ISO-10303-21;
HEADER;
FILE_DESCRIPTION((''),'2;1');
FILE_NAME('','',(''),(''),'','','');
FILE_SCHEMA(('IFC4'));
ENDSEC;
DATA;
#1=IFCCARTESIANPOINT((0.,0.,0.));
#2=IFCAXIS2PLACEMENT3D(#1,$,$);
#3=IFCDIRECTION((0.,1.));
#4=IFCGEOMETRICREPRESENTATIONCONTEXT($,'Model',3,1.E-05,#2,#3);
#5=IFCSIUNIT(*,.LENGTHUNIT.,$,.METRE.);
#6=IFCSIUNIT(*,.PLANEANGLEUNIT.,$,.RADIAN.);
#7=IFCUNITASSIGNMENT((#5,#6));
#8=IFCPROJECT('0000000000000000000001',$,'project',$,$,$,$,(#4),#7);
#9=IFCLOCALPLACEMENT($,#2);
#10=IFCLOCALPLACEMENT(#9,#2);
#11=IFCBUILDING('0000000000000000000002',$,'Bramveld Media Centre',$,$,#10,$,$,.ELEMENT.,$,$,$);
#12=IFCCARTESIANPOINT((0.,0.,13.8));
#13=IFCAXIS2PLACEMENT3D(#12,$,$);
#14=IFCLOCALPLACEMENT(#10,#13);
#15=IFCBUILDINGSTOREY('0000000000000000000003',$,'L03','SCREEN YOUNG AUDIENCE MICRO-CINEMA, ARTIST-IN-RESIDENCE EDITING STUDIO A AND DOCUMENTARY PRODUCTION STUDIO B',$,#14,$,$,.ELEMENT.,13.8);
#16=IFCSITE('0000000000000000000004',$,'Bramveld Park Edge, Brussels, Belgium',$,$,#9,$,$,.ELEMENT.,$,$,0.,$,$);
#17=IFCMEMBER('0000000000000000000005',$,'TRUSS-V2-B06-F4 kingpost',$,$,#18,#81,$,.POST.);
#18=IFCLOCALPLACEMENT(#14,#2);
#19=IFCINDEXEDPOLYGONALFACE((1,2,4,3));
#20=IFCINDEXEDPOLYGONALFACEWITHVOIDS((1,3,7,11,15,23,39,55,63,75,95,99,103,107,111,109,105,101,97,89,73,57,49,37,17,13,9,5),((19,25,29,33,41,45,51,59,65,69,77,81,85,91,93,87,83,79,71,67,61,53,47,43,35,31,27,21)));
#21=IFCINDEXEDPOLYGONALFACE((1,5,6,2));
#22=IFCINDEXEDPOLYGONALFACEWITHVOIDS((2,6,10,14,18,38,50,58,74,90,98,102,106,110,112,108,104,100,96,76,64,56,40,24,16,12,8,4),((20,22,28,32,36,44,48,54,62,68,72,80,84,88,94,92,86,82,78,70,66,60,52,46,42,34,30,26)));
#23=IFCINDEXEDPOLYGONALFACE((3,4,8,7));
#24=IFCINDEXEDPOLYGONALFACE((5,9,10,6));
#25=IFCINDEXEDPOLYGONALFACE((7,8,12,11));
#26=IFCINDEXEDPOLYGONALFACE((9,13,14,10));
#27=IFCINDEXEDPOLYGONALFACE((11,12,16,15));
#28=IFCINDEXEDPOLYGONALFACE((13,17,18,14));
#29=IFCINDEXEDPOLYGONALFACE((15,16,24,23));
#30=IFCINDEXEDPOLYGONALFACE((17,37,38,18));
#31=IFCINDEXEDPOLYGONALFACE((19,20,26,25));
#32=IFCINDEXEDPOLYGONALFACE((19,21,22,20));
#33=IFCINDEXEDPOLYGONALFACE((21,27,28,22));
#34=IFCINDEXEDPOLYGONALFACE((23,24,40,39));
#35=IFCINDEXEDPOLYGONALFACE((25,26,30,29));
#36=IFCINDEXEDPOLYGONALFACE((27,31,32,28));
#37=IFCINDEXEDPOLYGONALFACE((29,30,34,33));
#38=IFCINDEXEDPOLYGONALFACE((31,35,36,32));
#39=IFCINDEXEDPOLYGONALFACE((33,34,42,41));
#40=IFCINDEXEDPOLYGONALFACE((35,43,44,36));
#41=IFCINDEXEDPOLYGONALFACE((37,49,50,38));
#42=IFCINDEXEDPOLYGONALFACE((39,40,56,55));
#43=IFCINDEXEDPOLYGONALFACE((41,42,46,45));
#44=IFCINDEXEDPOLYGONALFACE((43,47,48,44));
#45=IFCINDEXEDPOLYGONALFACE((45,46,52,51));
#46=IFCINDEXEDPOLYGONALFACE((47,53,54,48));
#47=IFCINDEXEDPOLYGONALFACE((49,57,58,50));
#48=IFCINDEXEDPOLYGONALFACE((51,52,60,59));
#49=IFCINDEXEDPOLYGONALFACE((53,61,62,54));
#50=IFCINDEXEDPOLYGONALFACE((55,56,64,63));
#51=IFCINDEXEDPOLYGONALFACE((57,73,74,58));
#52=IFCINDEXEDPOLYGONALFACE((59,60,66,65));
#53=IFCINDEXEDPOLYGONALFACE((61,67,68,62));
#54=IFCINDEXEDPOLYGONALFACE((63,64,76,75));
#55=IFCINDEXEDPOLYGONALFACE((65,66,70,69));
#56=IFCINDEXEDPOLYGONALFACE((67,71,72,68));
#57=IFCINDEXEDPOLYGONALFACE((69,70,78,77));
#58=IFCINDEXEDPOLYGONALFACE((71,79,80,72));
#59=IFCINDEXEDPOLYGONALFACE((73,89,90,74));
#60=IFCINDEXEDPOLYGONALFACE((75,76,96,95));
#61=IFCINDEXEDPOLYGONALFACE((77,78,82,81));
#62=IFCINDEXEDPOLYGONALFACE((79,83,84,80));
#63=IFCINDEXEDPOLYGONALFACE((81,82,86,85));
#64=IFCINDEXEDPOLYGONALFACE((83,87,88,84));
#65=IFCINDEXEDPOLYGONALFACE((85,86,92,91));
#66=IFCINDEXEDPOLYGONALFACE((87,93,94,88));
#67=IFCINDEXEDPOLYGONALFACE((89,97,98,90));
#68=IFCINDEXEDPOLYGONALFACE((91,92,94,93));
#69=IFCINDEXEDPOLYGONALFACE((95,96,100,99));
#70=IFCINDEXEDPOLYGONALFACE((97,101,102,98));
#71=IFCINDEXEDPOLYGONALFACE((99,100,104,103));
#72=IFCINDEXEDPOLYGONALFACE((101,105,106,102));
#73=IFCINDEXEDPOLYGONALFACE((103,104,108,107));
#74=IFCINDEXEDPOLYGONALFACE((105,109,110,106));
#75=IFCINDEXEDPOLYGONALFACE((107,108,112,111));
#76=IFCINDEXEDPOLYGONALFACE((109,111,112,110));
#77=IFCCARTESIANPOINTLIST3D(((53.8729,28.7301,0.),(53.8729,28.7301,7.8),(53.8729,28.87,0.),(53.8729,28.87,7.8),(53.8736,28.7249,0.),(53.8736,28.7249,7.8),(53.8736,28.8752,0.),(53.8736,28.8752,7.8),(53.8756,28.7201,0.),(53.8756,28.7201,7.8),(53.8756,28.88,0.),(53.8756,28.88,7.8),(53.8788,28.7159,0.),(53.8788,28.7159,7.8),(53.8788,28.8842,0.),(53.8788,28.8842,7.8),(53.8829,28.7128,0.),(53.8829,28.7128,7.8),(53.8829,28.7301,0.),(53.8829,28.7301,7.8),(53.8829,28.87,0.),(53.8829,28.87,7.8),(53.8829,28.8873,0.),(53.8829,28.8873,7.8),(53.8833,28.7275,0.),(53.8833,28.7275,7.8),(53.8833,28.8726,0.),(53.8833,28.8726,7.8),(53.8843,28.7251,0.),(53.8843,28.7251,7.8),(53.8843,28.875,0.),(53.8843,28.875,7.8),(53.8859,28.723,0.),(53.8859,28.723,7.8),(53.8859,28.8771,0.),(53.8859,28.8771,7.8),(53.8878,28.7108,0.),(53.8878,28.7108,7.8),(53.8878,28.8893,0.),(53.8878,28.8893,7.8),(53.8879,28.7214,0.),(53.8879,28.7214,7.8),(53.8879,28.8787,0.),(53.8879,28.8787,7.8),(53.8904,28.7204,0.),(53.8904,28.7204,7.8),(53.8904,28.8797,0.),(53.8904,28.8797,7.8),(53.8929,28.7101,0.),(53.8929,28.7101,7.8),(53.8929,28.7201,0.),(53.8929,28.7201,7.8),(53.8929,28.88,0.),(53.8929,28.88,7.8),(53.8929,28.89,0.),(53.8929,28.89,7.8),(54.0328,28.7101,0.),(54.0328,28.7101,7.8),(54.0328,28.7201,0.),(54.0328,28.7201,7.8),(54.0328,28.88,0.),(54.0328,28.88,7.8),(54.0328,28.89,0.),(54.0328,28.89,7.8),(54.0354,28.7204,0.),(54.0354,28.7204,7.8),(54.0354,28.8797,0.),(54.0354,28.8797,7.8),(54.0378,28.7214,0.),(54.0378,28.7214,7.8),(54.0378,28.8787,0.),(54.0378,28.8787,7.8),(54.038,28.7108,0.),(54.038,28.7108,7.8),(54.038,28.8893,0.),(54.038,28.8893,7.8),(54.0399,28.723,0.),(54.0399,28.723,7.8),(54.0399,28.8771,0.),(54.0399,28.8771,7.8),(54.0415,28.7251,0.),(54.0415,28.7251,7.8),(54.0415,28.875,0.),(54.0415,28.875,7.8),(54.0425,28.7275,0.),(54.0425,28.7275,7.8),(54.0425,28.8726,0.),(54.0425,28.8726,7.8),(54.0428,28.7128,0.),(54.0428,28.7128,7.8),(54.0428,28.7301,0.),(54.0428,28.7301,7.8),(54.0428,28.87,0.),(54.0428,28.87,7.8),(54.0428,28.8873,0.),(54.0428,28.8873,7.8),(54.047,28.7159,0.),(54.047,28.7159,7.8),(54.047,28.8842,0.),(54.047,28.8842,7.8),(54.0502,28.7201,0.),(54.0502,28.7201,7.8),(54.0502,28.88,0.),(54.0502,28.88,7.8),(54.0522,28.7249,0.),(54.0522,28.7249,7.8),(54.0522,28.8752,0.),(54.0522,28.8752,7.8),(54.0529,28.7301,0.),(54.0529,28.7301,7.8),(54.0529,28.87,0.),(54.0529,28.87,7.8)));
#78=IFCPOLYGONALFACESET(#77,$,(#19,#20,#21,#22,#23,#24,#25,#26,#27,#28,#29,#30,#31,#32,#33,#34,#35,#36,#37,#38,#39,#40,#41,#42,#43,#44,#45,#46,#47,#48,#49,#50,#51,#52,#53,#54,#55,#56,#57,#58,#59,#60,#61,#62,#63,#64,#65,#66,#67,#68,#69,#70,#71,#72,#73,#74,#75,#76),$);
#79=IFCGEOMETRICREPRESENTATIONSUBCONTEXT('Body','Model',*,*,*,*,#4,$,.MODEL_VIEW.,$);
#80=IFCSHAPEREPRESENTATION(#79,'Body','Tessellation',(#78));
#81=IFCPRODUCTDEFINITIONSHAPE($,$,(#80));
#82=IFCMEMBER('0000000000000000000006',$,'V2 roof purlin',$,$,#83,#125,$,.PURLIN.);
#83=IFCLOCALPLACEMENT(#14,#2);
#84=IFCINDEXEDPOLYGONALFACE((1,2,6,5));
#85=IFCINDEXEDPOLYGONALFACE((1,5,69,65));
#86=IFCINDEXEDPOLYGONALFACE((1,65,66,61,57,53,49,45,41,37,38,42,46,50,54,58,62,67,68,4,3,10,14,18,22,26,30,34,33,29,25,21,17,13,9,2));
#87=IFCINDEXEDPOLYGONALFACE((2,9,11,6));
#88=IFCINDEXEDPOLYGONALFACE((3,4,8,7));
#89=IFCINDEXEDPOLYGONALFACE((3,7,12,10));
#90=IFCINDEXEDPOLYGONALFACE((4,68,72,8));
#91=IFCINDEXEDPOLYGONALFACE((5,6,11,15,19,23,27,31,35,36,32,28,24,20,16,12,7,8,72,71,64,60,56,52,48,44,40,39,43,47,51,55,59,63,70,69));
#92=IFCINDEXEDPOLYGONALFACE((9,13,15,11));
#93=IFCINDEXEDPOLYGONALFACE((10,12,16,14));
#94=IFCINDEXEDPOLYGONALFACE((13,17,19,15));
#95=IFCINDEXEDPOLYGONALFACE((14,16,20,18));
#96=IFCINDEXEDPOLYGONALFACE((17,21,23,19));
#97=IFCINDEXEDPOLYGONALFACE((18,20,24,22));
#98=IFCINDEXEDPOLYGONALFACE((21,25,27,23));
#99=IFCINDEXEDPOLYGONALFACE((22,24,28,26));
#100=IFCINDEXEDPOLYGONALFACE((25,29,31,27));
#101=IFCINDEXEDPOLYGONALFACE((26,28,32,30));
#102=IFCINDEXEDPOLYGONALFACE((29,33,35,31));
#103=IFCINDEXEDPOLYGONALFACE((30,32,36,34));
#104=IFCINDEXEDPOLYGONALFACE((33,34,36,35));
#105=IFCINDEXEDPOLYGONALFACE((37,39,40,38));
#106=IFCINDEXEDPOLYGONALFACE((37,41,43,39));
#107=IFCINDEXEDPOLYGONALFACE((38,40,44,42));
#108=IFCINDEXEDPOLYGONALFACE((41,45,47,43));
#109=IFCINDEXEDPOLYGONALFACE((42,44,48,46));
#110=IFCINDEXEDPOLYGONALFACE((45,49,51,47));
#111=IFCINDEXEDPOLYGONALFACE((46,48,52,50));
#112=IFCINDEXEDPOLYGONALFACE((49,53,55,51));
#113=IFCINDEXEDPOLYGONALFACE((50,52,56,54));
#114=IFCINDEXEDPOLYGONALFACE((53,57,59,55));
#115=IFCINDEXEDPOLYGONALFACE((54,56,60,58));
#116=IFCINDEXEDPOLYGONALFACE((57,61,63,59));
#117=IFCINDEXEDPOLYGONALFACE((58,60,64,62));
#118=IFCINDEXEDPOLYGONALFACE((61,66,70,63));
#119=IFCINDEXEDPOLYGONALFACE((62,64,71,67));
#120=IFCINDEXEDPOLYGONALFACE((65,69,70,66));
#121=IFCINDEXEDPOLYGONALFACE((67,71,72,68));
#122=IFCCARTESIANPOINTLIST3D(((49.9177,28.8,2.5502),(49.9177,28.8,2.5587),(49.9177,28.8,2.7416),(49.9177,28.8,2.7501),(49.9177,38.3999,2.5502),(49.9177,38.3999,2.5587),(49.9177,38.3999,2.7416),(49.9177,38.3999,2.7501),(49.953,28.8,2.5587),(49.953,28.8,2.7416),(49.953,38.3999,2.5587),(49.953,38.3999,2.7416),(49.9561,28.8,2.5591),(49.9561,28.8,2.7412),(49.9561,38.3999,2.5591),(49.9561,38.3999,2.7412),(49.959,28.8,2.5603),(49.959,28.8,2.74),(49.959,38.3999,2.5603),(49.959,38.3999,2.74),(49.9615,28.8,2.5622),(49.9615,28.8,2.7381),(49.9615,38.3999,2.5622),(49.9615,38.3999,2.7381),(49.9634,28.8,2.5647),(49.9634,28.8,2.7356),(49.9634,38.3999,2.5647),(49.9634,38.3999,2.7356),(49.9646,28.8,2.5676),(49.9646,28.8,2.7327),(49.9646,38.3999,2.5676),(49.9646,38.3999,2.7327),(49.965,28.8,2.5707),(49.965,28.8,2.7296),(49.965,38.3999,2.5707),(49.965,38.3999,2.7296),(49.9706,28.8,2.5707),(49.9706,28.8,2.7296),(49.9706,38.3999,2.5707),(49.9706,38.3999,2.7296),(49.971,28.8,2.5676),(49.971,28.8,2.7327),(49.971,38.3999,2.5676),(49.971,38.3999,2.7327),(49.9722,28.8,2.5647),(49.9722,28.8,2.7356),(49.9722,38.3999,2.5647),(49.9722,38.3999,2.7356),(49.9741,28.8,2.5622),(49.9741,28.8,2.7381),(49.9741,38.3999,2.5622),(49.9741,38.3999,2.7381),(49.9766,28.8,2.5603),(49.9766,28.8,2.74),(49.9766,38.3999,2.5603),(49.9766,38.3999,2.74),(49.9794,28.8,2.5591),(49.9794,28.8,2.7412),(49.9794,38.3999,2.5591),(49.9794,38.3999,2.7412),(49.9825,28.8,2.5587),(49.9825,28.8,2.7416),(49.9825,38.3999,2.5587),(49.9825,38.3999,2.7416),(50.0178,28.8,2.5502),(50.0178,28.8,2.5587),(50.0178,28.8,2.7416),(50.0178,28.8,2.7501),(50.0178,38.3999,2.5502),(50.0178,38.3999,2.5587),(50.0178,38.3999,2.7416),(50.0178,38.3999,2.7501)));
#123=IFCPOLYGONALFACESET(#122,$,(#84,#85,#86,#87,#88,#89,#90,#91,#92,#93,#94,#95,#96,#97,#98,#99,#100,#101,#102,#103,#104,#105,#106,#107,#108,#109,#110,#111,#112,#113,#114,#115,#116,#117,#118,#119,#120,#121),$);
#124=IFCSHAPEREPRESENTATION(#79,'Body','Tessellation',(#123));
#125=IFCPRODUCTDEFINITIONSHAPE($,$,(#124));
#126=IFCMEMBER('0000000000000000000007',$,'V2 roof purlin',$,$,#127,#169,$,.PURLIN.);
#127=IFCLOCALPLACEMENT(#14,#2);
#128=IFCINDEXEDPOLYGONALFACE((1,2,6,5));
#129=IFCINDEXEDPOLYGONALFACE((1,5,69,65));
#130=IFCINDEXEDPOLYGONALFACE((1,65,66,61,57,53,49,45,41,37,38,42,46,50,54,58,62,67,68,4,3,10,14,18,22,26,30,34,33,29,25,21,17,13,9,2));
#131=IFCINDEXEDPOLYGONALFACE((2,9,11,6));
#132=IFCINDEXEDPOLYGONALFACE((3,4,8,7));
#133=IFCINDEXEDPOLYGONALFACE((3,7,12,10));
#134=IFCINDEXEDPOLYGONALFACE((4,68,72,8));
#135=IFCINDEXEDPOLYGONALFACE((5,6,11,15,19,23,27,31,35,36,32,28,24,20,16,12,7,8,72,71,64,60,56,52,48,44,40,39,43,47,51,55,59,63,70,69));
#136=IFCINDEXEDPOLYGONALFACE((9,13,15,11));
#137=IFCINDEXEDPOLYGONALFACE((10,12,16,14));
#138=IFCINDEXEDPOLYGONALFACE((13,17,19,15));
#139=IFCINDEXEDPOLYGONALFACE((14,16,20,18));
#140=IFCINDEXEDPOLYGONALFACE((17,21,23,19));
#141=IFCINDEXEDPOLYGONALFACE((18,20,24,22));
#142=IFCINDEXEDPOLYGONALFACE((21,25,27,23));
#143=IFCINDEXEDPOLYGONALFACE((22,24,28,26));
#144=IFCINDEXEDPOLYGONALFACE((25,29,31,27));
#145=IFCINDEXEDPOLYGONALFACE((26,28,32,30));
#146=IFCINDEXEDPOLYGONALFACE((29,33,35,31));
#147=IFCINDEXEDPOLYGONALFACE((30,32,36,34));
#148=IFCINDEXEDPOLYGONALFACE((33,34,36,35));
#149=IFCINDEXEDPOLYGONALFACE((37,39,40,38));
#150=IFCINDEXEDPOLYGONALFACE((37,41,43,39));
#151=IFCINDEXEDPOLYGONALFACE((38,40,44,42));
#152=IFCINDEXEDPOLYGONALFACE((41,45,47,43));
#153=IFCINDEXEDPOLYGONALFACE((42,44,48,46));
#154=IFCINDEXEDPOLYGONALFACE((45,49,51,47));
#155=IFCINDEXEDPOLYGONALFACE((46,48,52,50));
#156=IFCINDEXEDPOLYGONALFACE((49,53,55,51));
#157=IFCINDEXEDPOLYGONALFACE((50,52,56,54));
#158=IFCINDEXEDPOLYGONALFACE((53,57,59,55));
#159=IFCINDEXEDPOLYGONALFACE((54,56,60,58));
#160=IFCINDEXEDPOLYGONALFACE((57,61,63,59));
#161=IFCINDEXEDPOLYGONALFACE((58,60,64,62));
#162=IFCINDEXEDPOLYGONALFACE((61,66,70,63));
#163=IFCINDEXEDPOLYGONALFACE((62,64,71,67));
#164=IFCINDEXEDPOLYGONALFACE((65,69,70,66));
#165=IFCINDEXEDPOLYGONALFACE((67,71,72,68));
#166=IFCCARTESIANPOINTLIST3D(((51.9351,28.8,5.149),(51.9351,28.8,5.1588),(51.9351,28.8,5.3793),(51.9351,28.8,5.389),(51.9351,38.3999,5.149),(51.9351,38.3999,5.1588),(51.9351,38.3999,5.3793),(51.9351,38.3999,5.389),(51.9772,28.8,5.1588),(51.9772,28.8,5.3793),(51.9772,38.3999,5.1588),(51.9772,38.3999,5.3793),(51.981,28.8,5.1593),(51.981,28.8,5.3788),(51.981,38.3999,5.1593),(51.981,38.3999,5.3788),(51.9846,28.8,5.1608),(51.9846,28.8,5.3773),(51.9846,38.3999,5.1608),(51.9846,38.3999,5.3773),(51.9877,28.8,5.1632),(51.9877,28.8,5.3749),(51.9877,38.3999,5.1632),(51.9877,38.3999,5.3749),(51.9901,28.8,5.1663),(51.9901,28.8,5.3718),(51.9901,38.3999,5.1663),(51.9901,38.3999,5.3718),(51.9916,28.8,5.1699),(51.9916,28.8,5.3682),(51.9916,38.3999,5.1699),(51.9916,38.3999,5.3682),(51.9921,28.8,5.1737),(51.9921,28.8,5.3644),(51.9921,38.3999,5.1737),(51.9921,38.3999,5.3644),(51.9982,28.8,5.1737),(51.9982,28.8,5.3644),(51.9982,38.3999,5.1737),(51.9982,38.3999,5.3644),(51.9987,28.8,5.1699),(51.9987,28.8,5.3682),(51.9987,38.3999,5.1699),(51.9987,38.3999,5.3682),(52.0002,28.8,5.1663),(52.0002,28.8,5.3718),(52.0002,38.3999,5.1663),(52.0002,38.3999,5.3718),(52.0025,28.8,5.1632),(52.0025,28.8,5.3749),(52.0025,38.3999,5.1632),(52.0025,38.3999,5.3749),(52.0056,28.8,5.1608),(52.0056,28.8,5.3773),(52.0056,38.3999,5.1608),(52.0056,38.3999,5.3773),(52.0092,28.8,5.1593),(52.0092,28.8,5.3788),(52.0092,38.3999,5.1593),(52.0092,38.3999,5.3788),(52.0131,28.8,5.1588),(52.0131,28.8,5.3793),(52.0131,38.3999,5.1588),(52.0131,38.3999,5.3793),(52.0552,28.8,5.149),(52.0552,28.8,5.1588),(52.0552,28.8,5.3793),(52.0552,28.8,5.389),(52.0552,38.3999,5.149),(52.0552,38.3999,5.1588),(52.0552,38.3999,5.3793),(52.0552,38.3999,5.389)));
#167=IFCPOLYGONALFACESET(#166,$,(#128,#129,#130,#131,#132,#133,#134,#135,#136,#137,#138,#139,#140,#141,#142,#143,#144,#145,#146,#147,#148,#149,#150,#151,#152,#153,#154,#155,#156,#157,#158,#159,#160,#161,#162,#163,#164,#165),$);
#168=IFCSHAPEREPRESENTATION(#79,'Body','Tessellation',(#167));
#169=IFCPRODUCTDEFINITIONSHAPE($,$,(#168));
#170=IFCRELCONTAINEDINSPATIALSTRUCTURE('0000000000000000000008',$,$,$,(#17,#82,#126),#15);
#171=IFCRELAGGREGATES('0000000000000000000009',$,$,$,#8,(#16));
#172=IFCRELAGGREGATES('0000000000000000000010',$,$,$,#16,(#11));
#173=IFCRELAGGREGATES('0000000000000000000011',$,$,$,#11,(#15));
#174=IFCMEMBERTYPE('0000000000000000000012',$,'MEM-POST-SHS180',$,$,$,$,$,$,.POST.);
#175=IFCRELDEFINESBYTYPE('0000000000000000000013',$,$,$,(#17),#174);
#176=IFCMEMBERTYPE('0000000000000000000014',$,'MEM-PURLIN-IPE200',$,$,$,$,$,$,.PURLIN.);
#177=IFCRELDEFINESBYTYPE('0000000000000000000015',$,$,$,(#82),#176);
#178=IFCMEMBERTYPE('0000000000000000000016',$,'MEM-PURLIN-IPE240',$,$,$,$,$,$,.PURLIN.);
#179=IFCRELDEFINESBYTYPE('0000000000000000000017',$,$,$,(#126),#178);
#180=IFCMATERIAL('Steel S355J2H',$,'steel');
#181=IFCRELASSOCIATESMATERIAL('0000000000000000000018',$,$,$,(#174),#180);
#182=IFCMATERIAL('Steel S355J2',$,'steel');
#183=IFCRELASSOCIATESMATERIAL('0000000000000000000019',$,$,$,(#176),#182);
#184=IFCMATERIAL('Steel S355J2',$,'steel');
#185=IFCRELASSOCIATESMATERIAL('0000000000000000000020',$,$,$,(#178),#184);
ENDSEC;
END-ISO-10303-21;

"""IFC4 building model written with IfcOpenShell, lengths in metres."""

from ifc_helpers import new_model, si_unit, direction, frame, origin, origin_2d, place, context, subcontext, project, spatial, hollow_rectangle, i_section, extrude, material, material_profile, profile_set, type_object, element, save


model = new_model("IFC4")

# Units and contexts
model_context = context("Model", 3, precision=1e-05, world=origin(), true_north=direction((0.0, 1.0)))
body_context = subcontext(model_context, "Body", "Model", "MODEL_VIEW")
ifc_project = project(units=[si_unit("LENGTHUNIT", "METRE"), si_unit("PLANEANGLEUNIT", "RADIAN")], contexts=[model_context])

# Site, building, storey
site_placement = place(None, origin())
site = spatial("IfcSite", under=ifc_project, at=site_placement, Name="Bramveld Park Edge, Brussels, Belgium", CompositionType="ELEMENT", RefElevation=0.0)
building_placement = place(site_placement, origin())
building = spatial("IfcBuilding", under=site, at=building_placement, Name="Bramveld Media Centre", CompositionType="ELEMENT")
storey_placement = place(building_placement, frame((0.0, 0.0, 13.8)))
storey = spatial("IfcBuildingStorey", under=building, at=storey_placement, Name="L03", Description="SCREEN YOUNG AUDIENCE MICRO-CINEMA, ARTIST-IN-RESIDENCE EDITING STUDIO A AND DOCUMENTARY PRODUCTION STUDIO B", CompositionType="ELEMENT", Elevation=13.8)

# Members
ifc_material_1 = material(Name="Steel S355J2H", Category="steel")
ifc_material_profile_1 = material_profile(ifc_material_1, hollow_rectangle(XDim=0.1799, YDim=0.1799, WallThickness=0.01, InnerFilletRadius=0.01, OuterFilletRadius=0.02, at=origin_2d()), Name="SHS 180x180x10")
ifc_profile_set_1 = profile_set([ifc_material_profile_1], Name="Steel S355J2H")
member_type_1 = type_object("IfcMemberType", Name="MEM-POST-SHS180", PredefinedType="POST", material=ifc_profile_set_1)
member_1_placement = place(storey_placement, frame((53.9629, 28.8, 0.0), z_axis=(0.0, 0.0, 1.0), x_axis=(1.0, 0.0, 0.0)))
element("IfcMember", 1, at=member_1_placement, inside=storey, type_object=member_type_1, Name="TRUSS-V2-B06-F4 kingpost", PredefinedType="POST", context=body_context, shape_type="SweptSolid", body=[
    extrude(hollow_rectangle(XDim=0.1799, YDim=0.1799, WallThickness=0.01, InnerFilletRadius=0.01, OuterFilletRadius=0.02, at=origin_2d()), origin(), (0.0, 0.0, 1.0), 7.8),
])
ifc_material_2 = material(Name="Steel S355J2", Category="steel")
ifc_material_profile_2 = material_profile(ifc_material_2, i_section(OverallWidth=0.1001, OverallDepth=0.2, WebThickness=0.0056, FlangeThickness=0.0085, FilletRadius=0.012, at=origin_2d()), Name="IPE 200")
ifc_profile_set_2 = profile_set([ifc_material_profile_2], Name="Steel S355J2")
member_type_2 = type_object("IfcMemberType", Name="MEM-PURLIN-IPE200", PredefinedType="PURLIN", material=ifc_profile_set_2)
member_2_placement = place(storey_placement, frame((49.9678, 28.8, 2.6501), z_axis=(0.0, 1.0, 0.0), x_axis=(-1.0, 0.0, 0.0)))
element("IfcMember", 2, at=member_2_placement, inside=storey, type_object=member_type_2, Name="V2 roof purlin", PredefinedType="PURLIN", context=body_context, shape_type="SweptSolid", body=[
    extrude(i_section(OverallWidth=0.1001, OverallDepth=0.2, WebThickness=0.0056, FlangeThickness=0.0085, FilletRadius=0.012, at=origin_2d()), origin(), (0.0, 0.0, 1.0), 9.5999),
])
ifc_material_3 = material(Name="Steel S355J2", Category="steel")
ifc_material_profile_3 = material_profile(ifc_material_3, i_section(OverallWidth=0.1201, OverallDepth=0.24, WebThickness=0.0061, FlangeThickness=0.0098, FilletRadius=0.0149, at=origin_2d()), Name="IPE 240")
ifc_profile_set_3 = profile_set([ifc_material_profile_3], Name="Steel S355J2")
member_type_3 = type_object("IfcMemberType", Name="MEM-PURLIN-IPE240", PredefinedType="PURLIN", material=ifc_profile_set_3)
member_3_placement = place(storey_placement, frame((51.9951, 28.8, 5.269), z_axis=(0.0, 1.0, 0.0), x_axis=(-1.0, 0.0, 0.0)))
element("IfcMember", 3, at=member_3_placement, inside=storey, type_object=member_type_3, Name="V2 roof purlin", PredefinedType="PURLIN", context=body_context, shape_type="SweptSolid", body=[
    extrude(i_section(OverallWidth=0.1201, OverallDepth=0.24, WebThickness=0.0061, FlangeThickness=0.0098, FilletRadius=0.0149, at=origin_2d()), origin(), (0.0, 0.0, 1.0), 9.5999),
])

save(model, "model.ifc")
